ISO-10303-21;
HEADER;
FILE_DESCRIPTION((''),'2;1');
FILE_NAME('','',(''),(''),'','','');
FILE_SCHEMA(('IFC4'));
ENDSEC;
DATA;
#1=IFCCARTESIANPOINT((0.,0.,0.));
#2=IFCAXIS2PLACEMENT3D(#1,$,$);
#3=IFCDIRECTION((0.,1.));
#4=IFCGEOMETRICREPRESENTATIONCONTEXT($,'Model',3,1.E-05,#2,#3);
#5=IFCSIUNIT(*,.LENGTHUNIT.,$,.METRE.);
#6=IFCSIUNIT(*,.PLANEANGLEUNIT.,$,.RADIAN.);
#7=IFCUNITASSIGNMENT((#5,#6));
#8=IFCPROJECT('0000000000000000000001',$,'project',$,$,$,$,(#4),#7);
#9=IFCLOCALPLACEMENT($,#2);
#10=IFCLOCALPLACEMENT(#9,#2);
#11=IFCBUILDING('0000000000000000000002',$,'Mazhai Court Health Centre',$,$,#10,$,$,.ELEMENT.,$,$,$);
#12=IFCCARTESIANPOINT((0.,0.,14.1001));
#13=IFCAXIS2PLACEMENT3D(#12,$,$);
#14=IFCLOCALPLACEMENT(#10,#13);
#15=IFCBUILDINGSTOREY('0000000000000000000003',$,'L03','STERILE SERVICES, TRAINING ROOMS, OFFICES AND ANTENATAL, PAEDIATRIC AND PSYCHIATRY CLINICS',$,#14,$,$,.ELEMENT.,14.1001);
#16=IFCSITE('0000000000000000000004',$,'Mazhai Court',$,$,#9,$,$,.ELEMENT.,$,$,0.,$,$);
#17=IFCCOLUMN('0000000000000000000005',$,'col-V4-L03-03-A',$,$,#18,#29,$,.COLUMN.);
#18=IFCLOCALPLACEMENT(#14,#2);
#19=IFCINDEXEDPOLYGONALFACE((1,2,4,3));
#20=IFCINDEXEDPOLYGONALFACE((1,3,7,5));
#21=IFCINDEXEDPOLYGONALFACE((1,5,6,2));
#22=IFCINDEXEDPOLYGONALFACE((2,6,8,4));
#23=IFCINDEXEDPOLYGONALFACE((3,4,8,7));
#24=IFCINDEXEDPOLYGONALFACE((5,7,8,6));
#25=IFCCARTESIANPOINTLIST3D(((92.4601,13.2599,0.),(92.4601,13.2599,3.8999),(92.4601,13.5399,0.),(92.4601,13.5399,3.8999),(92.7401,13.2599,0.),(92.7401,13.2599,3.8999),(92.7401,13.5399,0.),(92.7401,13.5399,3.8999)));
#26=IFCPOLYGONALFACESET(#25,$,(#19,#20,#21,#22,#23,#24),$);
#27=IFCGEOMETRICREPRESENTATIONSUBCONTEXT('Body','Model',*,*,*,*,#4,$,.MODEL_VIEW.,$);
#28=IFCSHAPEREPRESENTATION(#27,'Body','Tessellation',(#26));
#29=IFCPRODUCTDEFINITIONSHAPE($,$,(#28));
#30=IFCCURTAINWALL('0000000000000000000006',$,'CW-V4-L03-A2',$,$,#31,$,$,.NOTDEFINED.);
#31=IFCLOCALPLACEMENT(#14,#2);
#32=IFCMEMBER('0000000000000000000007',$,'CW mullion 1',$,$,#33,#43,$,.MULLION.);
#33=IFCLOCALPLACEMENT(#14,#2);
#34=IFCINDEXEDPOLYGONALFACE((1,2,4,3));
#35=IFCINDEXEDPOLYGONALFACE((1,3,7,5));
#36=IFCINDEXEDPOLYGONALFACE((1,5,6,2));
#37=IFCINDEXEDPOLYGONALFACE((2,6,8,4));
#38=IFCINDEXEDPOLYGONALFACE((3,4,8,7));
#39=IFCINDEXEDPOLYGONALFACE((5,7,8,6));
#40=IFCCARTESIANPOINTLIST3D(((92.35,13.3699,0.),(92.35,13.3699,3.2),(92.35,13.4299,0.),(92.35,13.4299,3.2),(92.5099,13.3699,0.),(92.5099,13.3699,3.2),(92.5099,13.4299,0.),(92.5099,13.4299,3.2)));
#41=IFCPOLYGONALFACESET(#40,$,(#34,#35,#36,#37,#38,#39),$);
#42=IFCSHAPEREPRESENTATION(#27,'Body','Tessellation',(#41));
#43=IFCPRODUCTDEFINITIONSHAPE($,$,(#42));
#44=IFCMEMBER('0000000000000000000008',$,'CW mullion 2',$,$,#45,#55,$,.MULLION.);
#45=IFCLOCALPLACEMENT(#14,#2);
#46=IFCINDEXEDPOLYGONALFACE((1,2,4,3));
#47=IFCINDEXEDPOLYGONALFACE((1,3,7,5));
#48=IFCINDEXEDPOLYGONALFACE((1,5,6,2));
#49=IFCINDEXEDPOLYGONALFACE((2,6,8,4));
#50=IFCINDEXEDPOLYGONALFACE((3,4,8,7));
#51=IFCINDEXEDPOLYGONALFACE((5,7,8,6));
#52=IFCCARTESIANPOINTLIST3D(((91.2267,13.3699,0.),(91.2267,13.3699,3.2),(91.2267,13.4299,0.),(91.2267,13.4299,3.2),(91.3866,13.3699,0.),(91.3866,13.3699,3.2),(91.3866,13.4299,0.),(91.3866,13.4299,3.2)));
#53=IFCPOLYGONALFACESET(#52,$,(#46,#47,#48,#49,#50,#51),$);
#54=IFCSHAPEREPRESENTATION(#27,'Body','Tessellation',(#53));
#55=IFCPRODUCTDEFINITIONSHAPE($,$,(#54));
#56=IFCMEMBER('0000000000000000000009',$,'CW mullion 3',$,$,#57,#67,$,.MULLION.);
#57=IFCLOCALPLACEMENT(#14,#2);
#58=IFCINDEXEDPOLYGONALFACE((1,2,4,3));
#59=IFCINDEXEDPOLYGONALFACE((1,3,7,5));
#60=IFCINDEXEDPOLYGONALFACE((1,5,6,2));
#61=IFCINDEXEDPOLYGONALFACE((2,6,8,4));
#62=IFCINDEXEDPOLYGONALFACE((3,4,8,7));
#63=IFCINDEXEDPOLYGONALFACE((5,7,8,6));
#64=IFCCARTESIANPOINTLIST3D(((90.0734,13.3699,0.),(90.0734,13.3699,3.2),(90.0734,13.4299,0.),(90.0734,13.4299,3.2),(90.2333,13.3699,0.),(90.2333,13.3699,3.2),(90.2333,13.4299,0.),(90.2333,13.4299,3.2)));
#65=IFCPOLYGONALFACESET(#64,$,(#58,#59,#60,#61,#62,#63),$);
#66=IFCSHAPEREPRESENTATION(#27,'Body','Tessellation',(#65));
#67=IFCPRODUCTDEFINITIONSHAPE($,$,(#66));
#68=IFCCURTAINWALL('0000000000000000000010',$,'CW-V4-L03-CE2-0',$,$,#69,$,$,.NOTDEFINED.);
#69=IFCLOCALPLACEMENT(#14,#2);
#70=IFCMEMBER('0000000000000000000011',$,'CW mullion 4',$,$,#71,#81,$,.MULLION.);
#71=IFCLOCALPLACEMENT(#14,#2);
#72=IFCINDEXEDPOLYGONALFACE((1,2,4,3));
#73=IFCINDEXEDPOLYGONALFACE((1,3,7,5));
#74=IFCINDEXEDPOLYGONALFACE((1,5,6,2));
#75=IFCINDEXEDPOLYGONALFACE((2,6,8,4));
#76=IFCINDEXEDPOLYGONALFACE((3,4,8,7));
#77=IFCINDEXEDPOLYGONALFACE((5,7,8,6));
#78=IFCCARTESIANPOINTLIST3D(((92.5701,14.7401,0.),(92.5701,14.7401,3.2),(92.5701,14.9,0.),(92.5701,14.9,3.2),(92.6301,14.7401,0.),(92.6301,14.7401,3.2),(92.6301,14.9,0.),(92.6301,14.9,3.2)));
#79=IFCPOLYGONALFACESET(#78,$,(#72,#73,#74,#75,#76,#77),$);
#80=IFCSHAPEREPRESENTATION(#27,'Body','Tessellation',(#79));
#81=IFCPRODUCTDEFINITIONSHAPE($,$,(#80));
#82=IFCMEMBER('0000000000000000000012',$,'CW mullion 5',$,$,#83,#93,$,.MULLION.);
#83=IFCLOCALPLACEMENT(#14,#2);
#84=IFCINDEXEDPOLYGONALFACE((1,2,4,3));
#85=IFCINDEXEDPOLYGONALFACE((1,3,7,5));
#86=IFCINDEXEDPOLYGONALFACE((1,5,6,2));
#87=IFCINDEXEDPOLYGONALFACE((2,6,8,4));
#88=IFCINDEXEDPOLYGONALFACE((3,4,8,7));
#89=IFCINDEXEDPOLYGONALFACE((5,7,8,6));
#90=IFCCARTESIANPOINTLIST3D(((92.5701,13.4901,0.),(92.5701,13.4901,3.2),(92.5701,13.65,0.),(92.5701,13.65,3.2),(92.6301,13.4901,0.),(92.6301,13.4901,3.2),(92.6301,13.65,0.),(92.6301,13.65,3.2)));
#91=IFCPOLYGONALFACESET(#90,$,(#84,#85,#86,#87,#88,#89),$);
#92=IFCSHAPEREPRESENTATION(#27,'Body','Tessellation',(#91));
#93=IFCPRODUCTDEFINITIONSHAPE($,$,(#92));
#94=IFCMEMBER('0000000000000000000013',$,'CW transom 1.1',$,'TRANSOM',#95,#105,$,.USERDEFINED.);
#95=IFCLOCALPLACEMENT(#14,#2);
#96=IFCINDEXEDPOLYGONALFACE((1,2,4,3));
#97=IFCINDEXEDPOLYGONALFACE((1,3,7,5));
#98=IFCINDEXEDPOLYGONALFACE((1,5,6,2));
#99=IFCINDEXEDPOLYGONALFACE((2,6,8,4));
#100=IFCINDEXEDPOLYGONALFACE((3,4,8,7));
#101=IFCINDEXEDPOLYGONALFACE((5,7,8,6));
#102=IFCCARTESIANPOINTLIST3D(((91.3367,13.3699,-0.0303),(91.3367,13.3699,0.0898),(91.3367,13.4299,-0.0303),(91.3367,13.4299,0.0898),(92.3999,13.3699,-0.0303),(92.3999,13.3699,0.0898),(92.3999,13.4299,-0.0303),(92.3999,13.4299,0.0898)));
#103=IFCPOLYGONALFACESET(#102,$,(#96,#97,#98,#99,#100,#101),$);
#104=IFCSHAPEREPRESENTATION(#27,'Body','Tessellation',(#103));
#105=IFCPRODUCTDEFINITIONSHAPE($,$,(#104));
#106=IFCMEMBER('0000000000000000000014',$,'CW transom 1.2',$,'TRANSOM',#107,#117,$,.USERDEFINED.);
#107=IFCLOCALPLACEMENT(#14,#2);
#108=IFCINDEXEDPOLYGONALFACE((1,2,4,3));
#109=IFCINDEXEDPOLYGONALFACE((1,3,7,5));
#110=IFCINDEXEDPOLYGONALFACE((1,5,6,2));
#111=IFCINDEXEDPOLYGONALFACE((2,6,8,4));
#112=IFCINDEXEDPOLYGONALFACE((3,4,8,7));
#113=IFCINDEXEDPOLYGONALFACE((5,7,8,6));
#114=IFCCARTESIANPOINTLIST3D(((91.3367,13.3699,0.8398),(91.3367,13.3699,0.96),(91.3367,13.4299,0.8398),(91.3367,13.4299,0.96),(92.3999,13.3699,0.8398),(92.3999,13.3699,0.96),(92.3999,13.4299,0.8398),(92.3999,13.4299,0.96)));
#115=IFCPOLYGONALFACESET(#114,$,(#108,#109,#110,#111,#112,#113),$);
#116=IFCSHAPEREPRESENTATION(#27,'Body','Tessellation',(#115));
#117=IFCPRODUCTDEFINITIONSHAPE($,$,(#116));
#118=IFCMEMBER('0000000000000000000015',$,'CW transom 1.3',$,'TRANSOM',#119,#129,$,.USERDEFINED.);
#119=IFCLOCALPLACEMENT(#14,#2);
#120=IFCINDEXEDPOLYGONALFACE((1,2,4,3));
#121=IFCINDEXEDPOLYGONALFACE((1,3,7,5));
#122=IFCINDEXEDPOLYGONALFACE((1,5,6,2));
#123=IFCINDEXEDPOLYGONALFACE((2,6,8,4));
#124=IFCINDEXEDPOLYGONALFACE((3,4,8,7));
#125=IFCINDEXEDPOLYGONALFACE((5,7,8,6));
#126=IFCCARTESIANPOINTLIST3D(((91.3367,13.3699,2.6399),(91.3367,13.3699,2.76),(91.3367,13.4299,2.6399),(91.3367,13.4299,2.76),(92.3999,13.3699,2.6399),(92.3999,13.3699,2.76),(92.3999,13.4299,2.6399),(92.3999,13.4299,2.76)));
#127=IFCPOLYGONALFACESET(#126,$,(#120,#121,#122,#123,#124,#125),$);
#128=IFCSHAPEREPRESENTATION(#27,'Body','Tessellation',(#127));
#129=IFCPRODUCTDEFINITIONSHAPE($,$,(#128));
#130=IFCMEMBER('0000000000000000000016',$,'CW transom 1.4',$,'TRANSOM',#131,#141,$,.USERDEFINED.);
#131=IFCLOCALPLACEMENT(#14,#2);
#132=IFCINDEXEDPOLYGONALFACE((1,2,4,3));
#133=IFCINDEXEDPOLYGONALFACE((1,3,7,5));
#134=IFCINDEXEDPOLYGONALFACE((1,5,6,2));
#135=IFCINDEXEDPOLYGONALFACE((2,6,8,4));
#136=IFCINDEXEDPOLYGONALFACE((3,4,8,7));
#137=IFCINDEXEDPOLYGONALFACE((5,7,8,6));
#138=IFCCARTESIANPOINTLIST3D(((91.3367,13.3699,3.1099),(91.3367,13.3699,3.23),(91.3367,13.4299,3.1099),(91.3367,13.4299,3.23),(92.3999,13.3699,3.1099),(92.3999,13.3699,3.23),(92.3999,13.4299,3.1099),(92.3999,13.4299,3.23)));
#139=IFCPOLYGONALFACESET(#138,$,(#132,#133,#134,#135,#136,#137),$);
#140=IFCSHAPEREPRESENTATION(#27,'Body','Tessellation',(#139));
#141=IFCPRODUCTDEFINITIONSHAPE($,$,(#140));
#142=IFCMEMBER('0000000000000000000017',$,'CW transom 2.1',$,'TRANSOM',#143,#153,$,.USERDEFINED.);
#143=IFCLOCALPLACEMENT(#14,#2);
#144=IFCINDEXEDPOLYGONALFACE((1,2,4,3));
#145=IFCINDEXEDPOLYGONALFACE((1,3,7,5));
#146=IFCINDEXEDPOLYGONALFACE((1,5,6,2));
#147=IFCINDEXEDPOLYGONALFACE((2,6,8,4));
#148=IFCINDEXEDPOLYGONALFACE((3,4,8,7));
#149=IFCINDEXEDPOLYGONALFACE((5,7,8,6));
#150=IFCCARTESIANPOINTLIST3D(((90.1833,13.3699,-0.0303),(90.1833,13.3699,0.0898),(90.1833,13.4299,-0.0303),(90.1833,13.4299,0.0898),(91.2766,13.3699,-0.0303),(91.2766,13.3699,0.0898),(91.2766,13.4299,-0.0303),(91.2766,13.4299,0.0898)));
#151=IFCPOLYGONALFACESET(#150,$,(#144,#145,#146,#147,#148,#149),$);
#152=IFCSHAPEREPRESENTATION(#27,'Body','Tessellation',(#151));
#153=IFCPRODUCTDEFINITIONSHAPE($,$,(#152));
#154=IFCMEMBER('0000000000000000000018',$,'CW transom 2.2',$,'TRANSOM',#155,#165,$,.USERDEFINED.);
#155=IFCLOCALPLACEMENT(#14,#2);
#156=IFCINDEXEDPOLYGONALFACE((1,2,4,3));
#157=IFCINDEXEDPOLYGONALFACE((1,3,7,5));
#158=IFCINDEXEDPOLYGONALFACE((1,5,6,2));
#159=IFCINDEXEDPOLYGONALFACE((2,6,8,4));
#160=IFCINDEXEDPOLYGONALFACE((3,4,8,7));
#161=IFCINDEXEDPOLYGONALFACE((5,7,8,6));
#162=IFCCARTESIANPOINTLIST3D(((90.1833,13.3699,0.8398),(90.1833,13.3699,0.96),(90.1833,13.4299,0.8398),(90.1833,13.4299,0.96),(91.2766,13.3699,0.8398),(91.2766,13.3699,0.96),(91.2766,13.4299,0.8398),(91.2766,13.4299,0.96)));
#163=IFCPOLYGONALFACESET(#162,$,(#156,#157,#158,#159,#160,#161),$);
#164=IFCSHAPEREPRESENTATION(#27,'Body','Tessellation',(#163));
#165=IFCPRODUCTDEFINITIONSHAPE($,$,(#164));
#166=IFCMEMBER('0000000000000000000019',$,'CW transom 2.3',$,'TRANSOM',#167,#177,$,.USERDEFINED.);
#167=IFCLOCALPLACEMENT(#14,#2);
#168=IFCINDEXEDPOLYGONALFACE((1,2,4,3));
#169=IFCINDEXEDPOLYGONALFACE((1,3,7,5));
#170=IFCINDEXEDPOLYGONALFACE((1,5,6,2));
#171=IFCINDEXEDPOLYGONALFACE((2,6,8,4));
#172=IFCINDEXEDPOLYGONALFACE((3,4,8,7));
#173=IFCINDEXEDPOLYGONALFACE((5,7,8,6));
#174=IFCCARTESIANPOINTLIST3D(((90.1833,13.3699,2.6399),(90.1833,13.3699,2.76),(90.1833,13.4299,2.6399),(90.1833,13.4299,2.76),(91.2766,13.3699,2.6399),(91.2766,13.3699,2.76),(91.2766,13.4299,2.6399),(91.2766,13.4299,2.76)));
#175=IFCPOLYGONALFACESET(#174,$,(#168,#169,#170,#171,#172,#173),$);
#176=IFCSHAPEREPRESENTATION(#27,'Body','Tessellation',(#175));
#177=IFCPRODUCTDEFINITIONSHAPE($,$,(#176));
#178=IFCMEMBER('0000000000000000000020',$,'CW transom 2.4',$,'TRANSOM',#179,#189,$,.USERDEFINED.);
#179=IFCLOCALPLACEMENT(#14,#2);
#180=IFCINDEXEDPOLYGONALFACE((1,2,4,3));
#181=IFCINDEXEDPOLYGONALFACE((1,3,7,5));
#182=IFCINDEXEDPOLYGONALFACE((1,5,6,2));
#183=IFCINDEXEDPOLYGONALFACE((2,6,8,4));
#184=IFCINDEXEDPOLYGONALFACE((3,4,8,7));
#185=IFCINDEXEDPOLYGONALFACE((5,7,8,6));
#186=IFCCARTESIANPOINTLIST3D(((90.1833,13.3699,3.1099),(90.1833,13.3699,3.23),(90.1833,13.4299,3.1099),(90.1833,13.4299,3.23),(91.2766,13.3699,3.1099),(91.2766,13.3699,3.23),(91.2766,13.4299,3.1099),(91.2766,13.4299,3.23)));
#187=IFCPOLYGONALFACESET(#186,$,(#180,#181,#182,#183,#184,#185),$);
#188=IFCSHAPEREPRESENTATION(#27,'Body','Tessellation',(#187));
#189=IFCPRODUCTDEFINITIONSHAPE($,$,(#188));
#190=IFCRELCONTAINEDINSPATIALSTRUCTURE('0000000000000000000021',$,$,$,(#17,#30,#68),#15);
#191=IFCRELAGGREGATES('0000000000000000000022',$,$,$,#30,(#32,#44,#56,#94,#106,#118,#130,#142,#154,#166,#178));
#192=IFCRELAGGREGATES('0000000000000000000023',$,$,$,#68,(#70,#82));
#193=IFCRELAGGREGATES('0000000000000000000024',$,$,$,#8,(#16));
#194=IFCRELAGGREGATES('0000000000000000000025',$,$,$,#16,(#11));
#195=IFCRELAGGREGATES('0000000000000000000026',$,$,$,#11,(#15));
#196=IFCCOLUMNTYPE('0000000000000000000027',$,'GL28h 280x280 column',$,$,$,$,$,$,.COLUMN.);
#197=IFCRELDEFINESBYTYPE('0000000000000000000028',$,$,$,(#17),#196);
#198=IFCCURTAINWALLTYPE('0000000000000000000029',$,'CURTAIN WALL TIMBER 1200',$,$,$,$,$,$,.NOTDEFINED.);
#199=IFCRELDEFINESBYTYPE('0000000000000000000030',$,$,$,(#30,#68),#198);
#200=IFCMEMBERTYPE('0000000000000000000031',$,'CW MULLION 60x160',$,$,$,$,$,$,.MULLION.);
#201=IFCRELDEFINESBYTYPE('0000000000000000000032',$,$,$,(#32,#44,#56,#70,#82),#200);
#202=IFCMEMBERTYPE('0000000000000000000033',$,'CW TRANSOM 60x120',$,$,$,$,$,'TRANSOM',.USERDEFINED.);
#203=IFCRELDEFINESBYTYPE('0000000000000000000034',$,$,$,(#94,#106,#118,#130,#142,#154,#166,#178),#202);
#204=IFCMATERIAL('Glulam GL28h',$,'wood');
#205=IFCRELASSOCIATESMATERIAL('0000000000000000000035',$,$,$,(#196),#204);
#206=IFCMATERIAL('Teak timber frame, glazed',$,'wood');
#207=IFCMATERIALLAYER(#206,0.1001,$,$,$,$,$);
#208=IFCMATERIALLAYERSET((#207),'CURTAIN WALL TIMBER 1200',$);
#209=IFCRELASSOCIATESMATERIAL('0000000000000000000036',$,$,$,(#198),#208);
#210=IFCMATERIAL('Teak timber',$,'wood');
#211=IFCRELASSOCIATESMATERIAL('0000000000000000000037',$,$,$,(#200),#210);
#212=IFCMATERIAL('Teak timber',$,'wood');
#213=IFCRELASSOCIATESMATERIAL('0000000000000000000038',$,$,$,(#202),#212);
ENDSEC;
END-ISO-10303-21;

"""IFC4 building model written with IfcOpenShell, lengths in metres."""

from ifc_helpers import new_model, si_unit, direction, frame, origin, origin_2d, place, context, subcontext, project, spatial, rectangle, extrude, material, layer, layer_set, material_profile, profile_set, type_object, element, aggregate, save


model = new_model("IFC4")

# Units and contexts
model_context = context("Model", 3, precision=1e-05, world=origin(), true_north=direction((0.0, 1.0)))
body_context = subcontext(model_context, "Body", "Model", "MODEL_VIEW")
ifc_project = project(units=[si_unit("LENGTHUNIT", "METRE"), si_unit("PLANEANGLEUNIT", "RADIAN")], contexts=[model_context])

# Site, building, storey
site_placement = place(None, origin())
site = spatial("IfcSite", under=ifc_project, at=site_placement, Name="Mazhai Court", CompositionType="ELEMENT", RefElevation=0.0)
building_placement = place(site_placement, origin())
building = spatial("IfcBuilding", under=site, at=building_placement, Name="Mazhai Court Health Centre", CompositionType="ELEMENT")
storey_placement = place(building_placement, frame((0.0, 0.0, 14.1001)))
storey = spatial("IfcBuildingStorey", under=building, at=storey_placement, Name="L03", Description="STERILE SERVICES, TRAINING ROOMS, OFFICES AND ANTENATAL, PAEDIATRIC AND PSYCHIATRY CLINICS", CompositionType="ELEMENT", Elevation=14.1001)

# Column
ifc_material_1 = material(Name="Glulam GL28h", Category="wood")
ifc_material_profile_1 = material_profile(ifc_material_1, rectangle(XDim=0.28, YDim=0.28, at=origin_2d()), Name="GL28h 280x280")
ifc_profile_set_1 = profile_set([ifc_material_profile_1], Name="Glulam GL28h")
column_type = type_object("IfcColumnType", Name="GL28h 280x280 column", PredefinedType="COLUMN", material=ifc_profile_set_1)
column_placement = place(storey_placement, frame((92.6001, 13.3999, 0.0), z_axis=(0.0, 0.0, 1.0), x_axis=(1.0, 0.0, 0.0)))
element("IfcColumn", 1, at=column_placement, inside=storey, type_object=column_type, Name="col-V4-L03-03-A", PredefinedType="COLUMN", context=body_context, shape_type="SweptSolid", body=[
    extrude(rectangle(XDim=0.28, YDim=0.28, at=origin_2d()), origin(), (0.0, 0.0, 1.0), 3.8999),
])

# Curtain walls, members
ifc_material_2 = material(Name="Teak timber frame, glazed", Category="wood")
ifc_layer_1 = layer(ifc_material_2, 0.1001)
ifc_layer_set_1 = layer_set([ifc_layer_1], Name="CURTAIN WALL TIMBER 1200")
curtain_wall_type = type_object("IfcCurtainWallType", Name="CURTAIN WALL TIMBER 1200", PredefinedType="NOTDEFINED", material=ifc_layer_set_1)
curtain_wall_1_placement = place(storey_placement, origin())
curtain_wall_1 = element("IfcCurtainWall", 2, at=curtain_wall_1_placement, inside=storey, type_object=curtain_wall_type, Name="CW-V4-L03-A2", PredefinedType="NOTDEFINED")
ifc_material_3 = material(Name="Teak timber", Category="wood")
ifc_material_profile_2 = material_profile(ifc_material_3, rectangle(XDim=0.0601, YDim=0.1599, at=origin_2d()), Name="CW MULLION 60x160")
ifc_profile_set_2 = profile_set([ifc_material_profile_2], Name="Teak timber")
member_type_1 = type_object("IfcMemberType", Name="CW MULLION 60x160", PredefinedType="MULLION", material=ifc_profile_set_2)
member_1_placement = place(storey_placement, frame((92.4299, 13.3999, 0.0), z_axis=(0.0, 0.0, 1.0), x_axis=(0.0, -1.0, 0.0)))
member_1 = element("IfcMember", 3, at=member_1_placement, type_object=member_type_1, Name="CW mullion 1", PredefinedType="MULLION", context=body_context, shape_type="SweptSolid", body=[
    extrude(rectangle(XDim=0.0601, YDim=0.1599, at=origin_2d()), origin(), (0.0, 0.0, 1.0), 3.2),
])
member_2_placement = place(storey_placement, frame((91.3066, 13.3999, 0.0), z_axis=(0.0, 0.0, 1.0), x_axis=(0.0, -1.0, 0.0)))
member_2 = element("IfcMember", 4, at=member_2_placement, type_object=member_type_1, Name="CW mullion 2", PredefinedType="MULLION", context=body_context, shape_type="SweptSolid", body=[
    extrude(rectangle(XDim=0.0601, YDim=0.1599, at=origin_2d()), origin(), (0.0, 0.0, 1.0), 3.2),
])
member_3_placement = place(storey_placement, frame((90.1533, 13.3999, 0.0), z_axis=(0.0, 0.0, 1.0), x_axis=(0.0, -1.0, 0.0)))
member_3 = element("IfcMember", 5, at=member_3_placement, type_object=member_type_1, Name="CW mullion 3", PredefinedType="MULLION", context=body_context, shape_type="SweptSolid", body=[
    extrude(rectangle(XDim=0.0601, YDim=0.1599, at=origin_2d()), origin(), (0.0, 0.0, 1.0), 3.2),
])
curtain_wall_2_placement = place(storey_placement, origin())
curtain_wall_2 = element("IfcCurtainWall", 6, at=curtain_wall_2_placement, inside=storey, type_object=curtain_wall_type, Name="CW-V4-L03-CE2-0", PredefinedType="NOTDEFINED")
member_4_placement = place(storey_placement, frame((92.6001, 14.8201, 0.0), z_axis=(0.0, 0.0, 1.0), x_axis=(1.0, 0.0, 0.0)))
member_4 = element("IfcMember", 7, at=member_4_placement, type_object=member_type_1, Name="CW mullion 4", PredefinedType="MULLION", context=body_context, shape_type="SweptSolid", body=[
    extrude(rectangle(XDim=0.0601, YDim=0.1599, at=origin_2d()), origin(), (0.0, 0.0, 1.0), 3.2),
])
member_5_placement = place(storey_placement, frame((92.6001, 13.5701, 0.0), z_axis=(0.0, 0.0, 1.0), x_axis=(1.0, 0.0, 0.0)))
member_5 = element("IfcMember", 8, at=member_5_placement, type_object=member_type_1, Name="CW mullion 5", PredefinedType="MULLION", context=body_context, shape_type="SweptSolid", body=[
    extrude(rectangle(XDim=0.0601, YDim=0.1599, at=origin_2d()), origin(), (0.0, 0.0, 1.0), 3.2),
])

# Members
ifc_material_4 = material(Name="Teak timber", Category="wood")
ifc_material_profile_3 = material_profile(ifc_material_4, rectangle(XDim=0.0601, YDim=0.1201, at=origin_2d()), Name="CW TRANSOM 60x120")
ifc_profile_set_3 = profile_set([ifc_material_profile_3], Name="Teak timber")
member_type_2 = type_object("IfcMemberType", Name="CW TRANSOM 60x120", ElementType="TRANSOM", PredefinedType="USERDEFINED", material=ifc_profile_set_3)
member_6_placement = place(storey_placement, frame((92.3999, 13.3999, 0.0298), z_axis=(-1.0, 0.0, 0.0), x_axis=(0.0, -1.0, 0.0)))
member_6 = element("IfcMember", 9, at=member_6_placement, type_object=member_type_2, Name="CW transom 1.1", ObjectType="TRANSOM", PredefinedType="USERDEFINED", context=body_context, shape_type="SweptSolid", body=[
    extrude(rectangle(XDim=0.0601, YDim=0.1201, at=origin_2d()), origin(), (0.0, 0.0, 1.0), 1.0632),
])
member_7_placement = place(storey_placement, frame((92.3999, 13.3999, 0.8999), z_axis=(-1.0, 0.0, 0.0), x_axis=(0.0, -1.0, 0.0)))
member_7 = element("IfcMember", 10, at=member_7_placement, type_object=member_type_2, Name="CW transom 1.2", ObjectType="TRANSOM", PredefinedType="USERDEFINED", context=body_context, shape_type="SweptSolid", body=[
    extrude(rectangle(XDim=0.0601, YDim=0.1201, at=origin_2d()), origin(), (0.0, 0.0, 1.0), 1.0632),
])
member_8_placement = place(storey_placement, frame((92.3999, 13.3999, 2.7), z_axis=(-1.0, 0.0, 0.0), x_axis=(0.0, -1.0, 0.0)))
member_8 = element("IfcMember", 11, at=member_8_placement, type_object=member_type_2, Name="CW transom 1.3", ObjectType="TRANSOM", PredefinedType="USERDEFINED", context=body_context, shape_type="SweptSolid", body=[
    extrude(rectangle(XDim=0.0601, YDim=0.1201, at=origin_2d()), origin(), (0.0, 0.0, 1.0), 1.0632),
])
member_9_placement = place(storey_placement, frame((92.3999, 13.3999, 3.1699), z_axis=(-1.0, 0.0, 0.0), x_axis=(0.0, -1.0, 0.0)))
member_9 = element("IfcMember", 12, at=member_9_placement, type_object=member_type_2, Name="CW transom 1.4", ObjectType="TRANSOM", PredefinedType="USERDEFINED", context=body_context, shape_type="SweptSolid", body=[
    extrude(rectangle(XDim=0.0601, YDim=0.1201, at=origin_2d()), origin(), (0.0, 0.0, 1.0), 1.0632),
])
member_10_placement = place(storey_placement, frame((91.2766, 13.3999, 0.0298), z_axis=(-1.0, 0.0, 0.0), x_axis=(0.0, -1.0, 0.0)))
member_10 = element("IfcMember", 13, at=member_10_placement, type_object=member_type_2, Name="CW transom 2.1", ObjectType="TRANSOM", PredefinedType="USERDEFINED", context=body_context, shape_type="SweptSolid", body=[
    extrude(rectangle(XDim=0.0601, YDim=0.1201, at=origin_2d()), origin(), (0.0, 0.0, 1.0), 1.0933),
])
member_11_placement = place(storey_placement, frame((91.2766, 13.3999, 0.8999), z_axis=(-1.0, 0.0, 0.0), x_axis=(0.0, -1.0, 0.0)))
member_11 = element("IfcMember", 14, at=member_11_placement, type_object=member_type_2, Name="CW transom 2.2", ObjectType="TRANSOM", PredefinedType="USERDEFINED", context=body_context, shape_type="SweptSolid", body=[
    extrude(rectangle(XDim=0.0601, YDim=0.1201, at=origin_2d()), origin(), (0.0, 0.0, 1.0), 1.0933),
])
member_12_placement = place(storey_placement, frame((91.2766, 13.3999, 2.7), z_axis=(-1.0, 0.0, 0.0), x_axis=(0.0, -1.0, 0.0)))
member_12 = element("IfcMember", 15, at=member_12_placement, type_object=member_type_2, Name="CW transom 2.3", ObjectType="TRANSOM", PredefinedType="USERDEFINED", context=body_context, shape_type="SweptSolid", body=[
    extrude(rectangle(XDim=0.0601, YDim=0.1201, at=origin_2d()), origin(), (0.0, 0.0, 1.0), 1.0933),
])
member_13_placement = place(storey_placement, frame((91.2766, 13.3999, 3.1699), z_axis=(-1.0, 0.0, 0.0), x_axis=(0.0, -1.0, 0.0)))
member_13 = element("IfcMember", 16, at=member_13_placement, type_object=member_type_2, Name="CW transom 2.4", ObjectType="TRANSOM", PredefinedType="USERDEFINED", context=body_context, shape_type="SweptSolid", body=[
    extrude(rectangle(XDim=0.0601, YDim=0.1201, at=origin_2d()), origin(), (0.0, 0.0, 1.0), 1.0933),
])

aggregate(curtain_wall_1, [member_1, member_2, member_3, member_6, member_7, member_8, member_9, member_10, member_11, member_12, member_13])
aggregate(curtain_wall_2, [member_4, member_5])

save(model, "model.ifc")
